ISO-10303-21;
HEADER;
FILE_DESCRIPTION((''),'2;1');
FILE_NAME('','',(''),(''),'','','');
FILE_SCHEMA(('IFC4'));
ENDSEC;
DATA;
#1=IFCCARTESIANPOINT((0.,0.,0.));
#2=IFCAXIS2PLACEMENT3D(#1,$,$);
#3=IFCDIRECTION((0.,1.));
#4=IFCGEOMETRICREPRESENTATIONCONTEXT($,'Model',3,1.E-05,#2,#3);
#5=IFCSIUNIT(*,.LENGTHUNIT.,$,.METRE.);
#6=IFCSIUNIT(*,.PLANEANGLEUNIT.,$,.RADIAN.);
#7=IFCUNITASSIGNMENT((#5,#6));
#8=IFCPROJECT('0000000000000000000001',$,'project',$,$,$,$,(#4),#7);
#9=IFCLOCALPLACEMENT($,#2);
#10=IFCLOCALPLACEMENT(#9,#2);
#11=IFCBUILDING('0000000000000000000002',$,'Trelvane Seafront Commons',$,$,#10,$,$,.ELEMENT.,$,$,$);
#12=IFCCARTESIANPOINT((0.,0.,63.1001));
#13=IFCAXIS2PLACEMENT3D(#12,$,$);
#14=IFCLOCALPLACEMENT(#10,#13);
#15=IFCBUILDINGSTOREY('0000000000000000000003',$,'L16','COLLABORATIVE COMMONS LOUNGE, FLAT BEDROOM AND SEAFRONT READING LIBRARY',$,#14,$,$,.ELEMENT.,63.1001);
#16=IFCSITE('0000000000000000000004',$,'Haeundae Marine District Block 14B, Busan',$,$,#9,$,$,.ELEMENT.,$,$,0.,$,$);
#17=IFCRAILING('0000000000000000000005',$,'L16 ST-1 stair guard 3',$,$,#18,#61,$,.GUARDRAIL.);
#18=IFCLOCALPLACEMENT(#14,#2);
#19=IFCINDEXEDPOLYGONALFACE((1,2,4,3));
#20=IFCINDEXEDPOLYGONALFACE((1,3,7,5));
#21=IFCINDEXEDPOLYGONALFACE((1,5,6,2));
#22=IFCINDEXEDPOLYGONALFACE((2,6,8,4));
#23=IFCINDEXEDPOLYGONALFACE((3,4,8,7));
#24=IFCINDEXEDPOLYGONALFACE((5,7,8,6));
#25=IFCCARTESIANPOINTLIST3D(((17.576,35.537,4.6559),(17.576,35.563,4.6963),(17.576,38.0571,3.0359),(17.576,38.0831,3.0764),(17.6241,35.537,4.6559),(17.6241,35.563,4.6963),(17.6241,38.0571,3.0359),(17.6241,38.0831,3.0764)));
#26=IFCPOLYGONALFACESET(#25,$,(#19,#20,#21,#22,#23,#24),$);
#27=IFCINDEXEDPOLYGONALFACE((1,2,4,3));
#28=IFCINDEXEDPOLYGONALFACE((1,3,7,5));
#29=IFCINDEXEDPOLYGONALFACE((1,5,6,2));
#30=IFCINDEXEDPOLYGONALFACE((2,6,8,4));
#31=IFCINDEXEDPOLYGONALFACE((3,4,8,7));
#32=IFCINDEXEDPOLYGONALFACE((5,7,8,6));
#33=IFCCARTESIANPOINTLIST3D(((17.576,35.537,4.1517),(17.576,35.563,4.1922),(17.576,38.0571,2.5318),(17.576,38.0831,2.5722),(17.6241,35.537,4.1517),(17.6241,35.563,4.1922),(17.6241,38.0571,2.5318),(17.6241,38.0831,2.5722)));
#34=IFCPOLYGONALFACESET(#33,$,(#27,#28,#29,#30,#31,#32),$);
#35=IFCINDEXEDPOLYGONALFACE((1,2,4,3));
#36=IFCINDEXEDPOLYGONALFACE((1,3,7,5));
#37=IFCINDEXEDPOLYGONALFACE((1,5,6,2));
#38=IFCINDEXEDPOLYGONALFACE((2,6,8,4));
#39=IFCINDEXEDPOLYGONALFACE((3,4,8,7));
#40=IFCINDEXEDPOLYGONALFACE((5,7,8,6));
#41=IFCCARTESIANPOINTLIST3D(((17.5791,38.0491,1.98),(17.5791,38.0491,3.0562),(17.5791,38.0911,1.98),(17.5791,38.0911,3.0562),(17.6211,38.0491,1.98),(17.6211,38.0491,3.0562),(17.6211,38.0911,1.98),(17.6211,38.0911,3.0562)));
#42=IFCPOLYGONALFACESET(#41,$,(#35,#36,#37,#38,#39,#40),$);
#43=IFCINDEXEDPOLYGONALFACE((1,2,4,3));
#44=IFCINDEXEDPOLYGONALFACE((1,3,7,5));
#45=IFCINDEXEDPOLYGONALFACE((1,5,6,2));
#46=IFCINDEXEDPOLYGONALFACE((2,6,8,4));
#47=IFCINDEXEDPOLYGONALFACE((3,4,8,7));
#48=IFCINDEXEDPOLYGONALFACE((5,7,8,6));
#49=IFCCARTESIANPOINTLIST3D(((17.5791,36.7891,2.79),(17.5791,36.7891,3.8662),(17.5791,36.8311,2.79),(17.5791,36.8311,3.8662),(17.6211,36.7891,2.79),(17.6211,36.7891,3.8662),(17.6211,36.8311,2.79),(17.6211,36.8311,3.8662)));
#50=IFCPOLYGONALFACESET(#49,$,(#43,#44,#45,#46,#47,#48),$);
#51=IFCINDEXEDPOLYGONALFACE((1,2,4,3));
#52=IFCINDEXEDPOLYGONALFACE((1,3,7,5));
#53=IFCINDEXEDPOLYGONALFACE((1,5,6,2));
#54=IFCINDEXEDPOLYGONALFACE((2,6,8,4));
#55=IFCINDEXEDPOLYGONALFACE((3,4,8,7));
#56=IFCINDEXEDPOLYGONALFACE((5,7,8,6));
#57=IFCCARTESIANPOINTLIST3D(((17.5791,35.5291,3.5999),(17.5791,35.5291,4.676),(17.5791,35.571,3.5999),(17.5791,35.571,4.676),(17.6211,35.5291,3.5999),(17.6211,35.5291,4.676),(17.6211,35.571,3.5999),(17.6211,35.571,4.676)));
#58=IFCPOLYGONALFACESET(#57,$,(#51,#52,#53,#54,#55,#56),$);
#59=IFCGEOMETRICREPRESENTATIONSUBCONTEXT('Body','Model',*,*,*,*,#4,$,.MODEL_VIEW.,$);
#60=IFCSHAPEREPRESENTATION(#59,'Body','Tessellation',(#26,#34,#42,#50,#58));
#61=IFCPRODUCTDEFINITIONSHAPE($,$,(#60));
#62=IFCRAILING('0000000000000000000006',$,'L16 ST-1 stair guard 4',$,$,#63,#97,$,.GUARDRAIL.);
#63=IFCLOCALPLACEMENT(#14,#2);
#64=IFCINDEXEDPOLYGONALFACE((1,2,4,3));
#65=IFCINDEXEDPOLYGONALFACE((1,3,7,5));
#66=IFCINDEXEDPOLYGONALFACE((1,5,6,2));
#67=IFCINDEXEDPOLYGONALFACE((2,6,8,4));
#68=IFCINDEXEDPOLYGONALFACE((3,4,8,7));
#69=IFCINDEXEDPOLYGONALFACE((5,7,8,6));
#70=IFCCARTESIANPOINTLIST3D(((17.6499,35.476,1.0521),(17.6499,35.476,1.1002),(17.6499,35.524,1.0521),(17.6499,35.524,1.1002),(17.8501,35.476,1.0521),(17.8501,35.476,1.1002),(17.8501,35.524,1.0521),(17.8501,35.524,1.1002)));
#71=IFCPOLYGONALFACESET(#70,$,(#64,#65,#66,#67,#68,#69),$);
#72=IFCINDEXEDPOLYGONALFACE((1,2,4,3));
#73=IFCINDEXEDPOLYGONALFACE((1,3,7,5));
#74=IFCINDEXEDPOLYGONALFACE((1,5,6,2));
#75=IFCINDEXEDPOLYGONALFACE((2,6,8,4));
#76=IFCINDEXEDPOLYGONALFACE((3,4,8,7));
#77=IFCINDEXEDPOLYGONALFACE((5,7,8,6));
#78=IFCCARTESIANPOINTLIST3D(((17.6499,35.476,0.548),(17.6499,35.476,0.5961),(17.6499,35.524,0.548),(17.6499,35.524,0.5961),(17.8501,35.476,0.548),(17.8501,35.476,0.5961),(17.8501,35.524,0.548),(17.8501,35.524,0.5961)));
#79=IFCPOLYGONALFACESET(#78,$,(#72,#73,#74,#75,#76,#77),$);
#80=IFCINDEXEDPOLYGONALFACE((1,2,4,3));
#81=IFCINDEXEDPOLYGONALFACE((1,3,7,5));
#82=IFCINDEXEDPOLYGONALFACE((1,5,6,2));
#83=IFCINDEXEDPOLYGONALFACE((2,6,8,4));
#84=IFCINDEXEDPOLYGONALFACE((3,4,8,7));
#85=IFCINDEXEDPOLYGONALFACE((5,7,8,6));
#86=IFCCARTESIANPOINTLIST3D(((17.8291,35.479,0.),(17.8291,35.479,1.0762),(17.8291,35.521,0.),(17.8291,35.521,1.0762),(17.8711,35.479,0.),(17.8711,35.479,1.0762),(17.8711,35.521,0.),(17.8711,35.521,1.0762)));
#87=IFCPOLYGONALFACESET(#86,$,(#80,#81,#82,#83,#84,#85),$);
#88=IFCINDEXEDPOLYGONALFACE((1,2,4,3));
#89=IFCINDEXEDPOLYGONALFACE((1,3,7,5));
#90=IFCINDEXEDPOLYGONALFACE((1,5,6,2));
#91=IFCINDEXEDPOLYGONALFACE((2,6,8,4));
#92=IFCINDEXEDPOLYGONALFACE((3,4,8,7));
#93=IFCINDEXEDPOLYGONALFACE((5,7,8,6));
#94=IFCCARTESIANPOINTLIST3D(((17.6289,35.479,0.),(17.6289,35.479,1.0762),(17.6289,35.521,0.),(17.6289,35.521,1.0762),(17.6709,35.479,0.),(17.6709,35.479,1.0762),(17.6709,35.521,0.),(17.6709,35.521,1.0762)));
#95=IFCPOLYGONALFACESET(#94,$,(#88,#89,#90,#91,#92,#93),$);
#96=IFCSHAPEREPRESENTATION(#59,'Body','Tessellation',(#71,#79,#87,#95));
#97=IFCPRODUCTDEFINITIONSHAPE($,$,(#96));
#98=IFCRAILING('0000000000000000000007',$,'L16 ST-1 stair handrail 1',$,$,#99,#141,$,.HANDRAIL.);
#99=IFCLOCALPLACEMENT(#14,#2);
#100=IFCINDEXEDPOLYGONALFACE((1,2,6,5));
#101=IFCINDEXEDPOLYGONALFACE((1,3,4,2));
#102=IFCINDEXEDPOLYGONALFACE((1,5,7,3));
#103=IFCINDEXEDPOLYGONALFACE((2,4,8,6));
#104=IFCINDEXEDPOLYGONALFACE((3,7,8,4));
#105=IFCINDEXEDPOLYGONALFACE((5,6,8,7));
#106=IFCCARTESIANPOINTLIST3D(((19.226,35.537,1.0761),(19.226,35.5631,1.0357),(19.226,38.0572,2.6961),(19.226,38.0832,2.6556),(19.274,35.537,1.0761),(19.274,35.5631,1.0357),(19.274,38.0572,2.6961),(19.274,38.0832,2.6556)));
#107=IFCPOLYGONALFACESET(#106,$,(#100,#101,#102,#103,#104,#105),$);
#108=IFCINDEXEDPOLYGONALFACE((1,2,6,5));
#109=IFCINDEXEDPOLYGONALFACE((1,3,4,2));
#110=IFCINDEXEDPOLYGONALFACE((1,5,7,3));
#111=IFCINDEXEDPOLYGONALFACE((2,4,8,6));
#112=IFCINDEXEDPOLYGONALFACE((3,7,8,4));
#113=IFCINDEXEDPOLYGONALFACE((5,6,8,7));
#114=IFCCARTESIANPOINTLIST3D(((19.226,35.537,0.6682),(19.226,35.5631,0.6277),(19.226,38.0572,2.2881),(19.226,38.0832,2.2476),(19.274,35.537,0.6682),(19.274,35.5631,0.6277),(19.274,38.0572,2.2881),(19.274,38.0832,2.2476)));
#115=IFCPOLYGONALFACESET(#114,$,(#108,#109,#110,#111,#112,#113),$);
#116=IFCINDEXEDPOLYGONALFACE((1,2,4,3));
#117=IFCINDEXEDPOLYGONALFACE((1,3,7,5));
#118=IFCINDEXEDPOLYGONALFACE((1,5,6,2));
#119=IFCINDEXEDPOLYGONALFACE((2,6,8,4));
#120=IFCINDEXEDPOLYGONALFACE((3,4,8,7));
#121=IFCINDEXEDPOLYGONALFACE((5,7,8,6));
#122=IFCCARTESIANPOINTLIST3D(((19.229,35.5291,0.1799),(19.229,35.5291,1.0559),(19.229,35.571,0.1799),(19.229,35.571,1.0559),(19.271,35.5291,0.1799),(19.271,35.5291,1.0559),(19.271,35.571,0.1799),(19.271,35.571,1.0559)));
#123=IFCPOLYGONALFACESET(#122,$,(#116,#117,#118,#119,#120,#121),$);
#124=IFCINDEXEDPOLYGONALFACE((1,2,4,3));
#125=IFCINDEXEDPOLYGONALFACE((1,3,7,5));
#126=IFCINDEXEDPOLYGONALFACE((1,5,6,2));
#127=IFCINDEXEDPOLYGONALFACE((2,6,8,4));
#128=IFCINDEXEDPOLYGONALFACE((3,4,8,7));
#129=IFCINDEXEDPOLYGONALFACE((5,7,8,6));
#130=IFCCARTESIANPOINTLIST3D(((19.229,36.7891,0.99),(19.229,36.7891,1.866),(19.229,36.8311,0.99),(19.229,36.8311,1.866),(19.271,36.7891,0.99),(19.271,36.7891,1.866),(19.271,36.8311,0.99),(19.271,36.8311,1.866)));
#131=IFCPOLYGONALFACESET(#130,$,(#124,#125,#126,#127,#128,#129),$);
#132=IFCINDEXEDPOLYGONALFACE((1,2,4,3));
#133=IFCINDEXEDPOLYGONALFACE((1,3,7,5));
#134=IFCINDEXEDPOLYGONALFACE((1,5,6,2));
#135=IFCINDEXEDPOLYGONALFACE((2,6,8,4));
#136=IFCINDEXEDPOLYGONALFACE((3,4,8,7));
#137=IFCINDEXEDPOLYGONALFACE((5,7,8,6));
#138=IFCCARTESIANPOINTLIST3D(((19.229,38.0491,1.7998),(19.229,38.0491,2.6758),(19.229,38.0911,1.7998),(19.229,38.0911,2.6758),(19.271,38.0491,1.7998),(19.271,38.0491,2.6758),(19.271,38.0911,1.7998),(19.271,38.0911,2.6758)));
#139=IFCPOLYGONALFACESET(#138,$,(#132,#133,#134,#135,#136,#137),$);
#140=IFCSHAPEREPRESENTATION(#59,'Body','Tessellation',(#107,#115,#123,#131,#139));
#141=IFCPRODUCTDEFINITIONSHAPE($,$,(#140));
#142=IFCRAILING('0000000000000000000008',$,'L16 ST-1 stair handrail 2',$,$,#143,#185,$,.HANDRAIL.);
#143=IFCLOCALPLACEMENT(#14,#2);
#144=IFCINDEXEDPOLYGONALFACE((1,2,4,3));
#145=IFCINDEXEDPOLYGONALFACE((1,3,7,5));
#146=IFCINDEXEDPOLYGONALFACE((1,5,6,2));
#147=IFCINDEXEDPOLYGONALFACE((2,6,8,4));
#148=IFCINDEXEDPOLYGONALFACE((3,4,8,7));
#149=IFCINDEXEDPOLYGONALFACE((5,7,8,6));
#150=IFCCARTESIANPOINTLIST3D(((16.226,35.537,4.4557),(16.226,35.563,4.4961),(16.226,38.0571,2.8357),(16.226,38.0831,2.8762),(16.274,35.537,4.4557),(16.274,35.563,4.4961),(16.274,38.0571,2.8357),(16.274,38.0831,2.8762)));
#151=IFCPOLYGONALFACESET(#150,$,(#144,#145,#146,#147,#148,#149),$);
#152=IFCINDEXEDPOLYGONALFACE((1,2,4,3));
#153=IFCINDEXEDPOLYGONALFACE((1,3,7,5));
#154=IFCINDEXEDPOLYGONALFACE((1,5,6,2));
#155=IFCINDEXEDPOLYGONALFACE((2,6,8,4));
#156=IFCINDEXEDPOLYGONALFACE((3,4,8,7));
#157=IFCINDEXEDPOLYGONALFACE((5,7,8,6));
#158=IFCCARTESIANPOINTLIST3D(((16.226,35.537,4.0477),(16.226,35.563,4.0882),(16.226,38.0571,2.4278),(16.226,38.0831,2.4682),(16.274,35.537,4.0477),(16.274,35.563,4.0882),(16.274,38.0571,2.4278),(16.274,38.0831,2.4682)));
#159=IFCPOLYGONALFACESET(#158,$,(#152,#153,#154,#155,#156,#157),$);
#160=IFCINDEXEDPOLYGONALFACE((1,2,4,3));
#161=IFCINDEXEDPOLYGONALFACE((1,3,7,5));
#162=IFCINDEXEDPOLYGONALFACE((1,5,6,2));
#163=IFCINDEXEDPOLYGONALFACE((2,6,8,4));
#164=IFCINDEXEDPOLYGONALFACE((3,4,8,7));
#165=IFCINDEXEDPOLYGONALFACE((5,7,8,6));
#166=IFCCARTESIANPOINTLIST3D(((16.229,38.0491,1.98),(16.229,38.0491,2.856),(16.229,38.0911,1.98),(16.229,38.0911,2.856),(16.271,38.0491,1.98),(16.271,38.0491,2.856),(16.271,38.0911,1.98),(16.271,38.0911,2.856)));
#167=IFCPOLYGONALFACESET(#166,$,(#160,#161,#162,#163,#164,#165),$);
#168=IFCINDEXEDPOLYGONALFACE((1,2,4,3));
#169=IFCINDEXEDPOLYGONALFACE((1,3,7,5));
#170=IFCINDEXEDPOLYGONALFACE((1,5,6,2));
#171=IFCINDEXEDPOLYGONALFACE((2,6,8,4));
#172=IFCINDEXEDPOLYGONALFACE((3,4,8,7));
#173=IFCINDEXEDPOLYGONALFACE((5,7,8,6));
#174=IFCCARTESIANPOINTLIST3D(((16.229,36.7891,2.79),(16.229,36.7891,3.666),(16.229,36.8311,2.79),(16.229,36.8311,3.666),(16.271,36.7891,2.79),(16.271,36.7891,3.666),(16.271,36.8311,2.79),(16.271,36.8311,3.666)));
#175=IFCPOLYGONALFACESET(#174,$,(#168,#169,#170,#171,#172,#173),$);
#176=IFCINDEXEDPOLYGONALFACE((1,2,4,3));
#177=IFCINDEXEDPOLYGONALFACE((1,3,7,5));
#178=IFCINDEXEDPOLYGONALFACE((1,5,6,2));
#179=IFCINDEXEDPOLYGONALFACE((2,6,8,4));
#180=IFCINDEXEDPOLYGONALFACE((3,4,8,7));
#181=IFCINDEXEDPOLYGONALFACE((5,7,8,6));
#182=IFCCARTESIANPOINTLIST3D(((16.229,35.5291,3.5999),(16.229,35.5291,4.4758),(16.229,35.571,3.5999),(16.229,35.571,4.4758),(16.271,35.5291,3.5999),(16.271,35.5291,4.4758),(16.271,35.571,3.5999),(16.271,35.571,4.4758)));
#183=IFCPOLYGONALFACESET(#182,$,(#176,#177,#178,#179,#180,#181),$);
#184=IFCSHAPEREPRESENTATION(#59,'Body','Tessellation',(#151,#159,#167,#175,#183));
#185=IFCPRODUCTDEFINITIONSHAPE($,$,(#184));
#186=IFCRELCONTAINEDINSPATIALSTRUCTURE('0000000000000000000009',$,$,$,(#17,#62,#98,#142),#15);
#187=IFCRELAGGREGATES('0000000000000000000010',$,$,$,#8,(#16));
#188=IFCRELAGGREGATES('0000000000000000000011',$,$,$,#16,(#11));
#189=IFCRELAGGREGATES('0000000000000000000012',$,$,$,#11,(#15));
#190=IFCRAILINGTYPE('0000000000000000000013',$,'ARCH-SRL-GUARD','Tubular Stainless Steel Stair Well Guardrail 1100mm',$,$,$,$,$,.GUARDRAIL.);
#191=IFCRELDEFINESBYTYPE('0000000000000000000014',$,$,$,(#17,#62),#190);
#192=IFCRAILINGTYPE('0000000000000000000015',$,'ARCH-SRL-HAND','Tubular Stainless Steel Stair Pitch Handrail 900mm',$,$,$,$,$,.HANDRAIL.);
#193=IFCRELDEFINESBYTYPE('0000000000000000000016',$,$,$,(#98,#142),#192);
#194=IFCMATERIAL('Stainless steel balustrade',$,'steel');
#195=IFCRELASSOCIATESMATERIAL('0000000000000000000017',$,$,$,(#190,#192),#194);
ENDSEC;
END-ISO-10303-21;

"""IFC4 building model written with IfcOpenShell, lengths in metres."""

from ifc_helpers import new_model, si_unit, direction, frame, origin, origin_2d, place, context, subcontext, project, spatial, rectangle, extrude, material, type_object, element, save


model = new_model("IFC4")

# Units and contexts
model_context = context("Model", 3, precision=1e-05, world=origin(), true_north=direction((0.0, 1.0)))
body_context = subcontext(model_context, "Body", "Model", "MODEL_VIEW")
ifc_project = project(units=[si_unit("LENGTHUNIT", "METRE"), si_unit("PLANEANGLEUNIT", "RADIAN")], contexts=[model_context])

# Site, building, storey
site_placement = place(None, origin())
site = spatial("IfcSite", under=ifc_project, at=site_placement, Name="Haeundae Marine District Block 14B, Busan", CompositionType="ELEMENT", RefElevation=0.0)
building_placement = place(site_placement, origin())
building = spatial("IfcBuilding", under=site, at=building_placement, Name="Trelvane Seafront Commons", CompositionType="ELEMENT")
storey_placement = place(building_placement, frame((0.0, 0.0, 63.1001)))
storey = spatial("IfcBuildingStorey", under=building, at=storey_placement, Name="L16", Description="COLLABORATIVE COMMONS LOUNGE, FLAT BEDROOM AND SEAFRONT READING LIBRARY", CompositionType="ELEMENT", Elevation=63.1001)

# Railings
ifc_material_1 = material(Name="Stainless steel balustrade", Category="steel")
railing_type_1 = type_object("IfcRailingType", Name="ARCH-SRL-GUARD", Description="Tubular Stainless Steel Stair Well Guardrail 1100mm", PredefinedType="GUARDRAIL", material=ifc_material_1)
railing_1_placement = place(storey_placement, frame((17.6001, 38.0701, 1.98)))
element("IfcRailing", 1, at=railing_1_placement, inside=storey, type_object=railing_type_1, Name="L16 ST-1 stair guard 3", PredefinedType="GUARDRAIL", context=body_context, shape_type="SweptSolid", body=[
    extrude(rectangle(XDim=0.0481, YDim=0.0481, at=origin_2d()), frame((0.0, 0.0, 1.0762), z_axis=(0.0, -0.8412, 0.540725), x_axis=(1.0, 0.0, 0.0)), (0.0, 0.0, 1.0), 2.9958),
    extrude(rectangle(XDim=0.0481, YDim=0.0481, at=origin_2d()), frame((0.0, 0.0, 0.572), z_axis=(0.0, -0.8412, 0.540725), x_axis=(1.0, 0.0, 0.0)), (0.0, 0.0, 1.0), 2.9958),
    extrude(rectangle(XDim=0.042, YDim=0.042, at=origin_2d()), origin(), (0.0, 0.0, 1.0), 1.0762),
    extrude(rectangle(XDim=0.042, YDim=0.042, at=origin_2d()), frame((0.0, -1.26, 0.8101)), (0.0, 0.0, 1.0), 1.0762),
    extrude(rectangle(XDim=0.042, YDim=0.042, at=origin_2d()), frame((0.0, -2.52, 1.6199)), (0.0, 0.0, 1.0), 1.0762),
])
railing_2_placement = place(storey_placement, frame((17.8501, 35.5, 0.0)))
element("IfcRailing", 2, at=railing_2_placement, inside=storey, type_object=railing_type_1, Name="L16 ST-1 stair guard 4", PredefinedType="GUARDRAIL", context=body_context, shape_type="SweptSolid", body=[
    extrude(rectangle(XDim=0.0481, YDim=0.0481, at=origin_2d()), frame((0.0, 0.0, 1.0762), z_axis=(-1.0, 0.0, 0.0), x_axis=(0.0, -1.0, 0.0)), (0.0, 0.0, 1.0), 0.2002),
    extrude(rectangle(XDim=0.0481, YDim=0.0481, at=origin_2d()), frame((0.0, 0.0, 0.572), z_axis=(-1.0, 0.0, 0.0), x_axis=(0.0, -1.0, 0.0)), (0.0, 0.0, 1.0), 0.2002),
    extrude(rectangle(XDim=0.042, YDim=0.042, at=origin_2d()), origin(), (0.0, 0.0, 1.0), 1.0762),
    extrude(rectangle(XDim=0.042, YDim=0.042, at=origin_2d()), frame((-0.2002, 0.0, 0.0)), (0.0, 0.0, 1.0), 1.0762),
])
railing_type_2 = type_object("IfcRailingType", Name="ARCH-SRL-HAND", Description="Tubular Stainless Steel Stair Pitch Handrail 900mm", PredefinedType="HANDRAIL", material=ifc_material_1)
railing_3_placement = place(storey_placement, frame((19.25, 35.55, 0.1799)))
element("IfcRailing", 3, at=railing_3_placement, inside=storey, type_object=railing_type_2, Name="L16 ST-1 stair handrail 1", PredefinedType="HANDRAIL", context=body_context, shape_type="SweptSolid", body=[
    extrude(rectangle(XDim=0.0481, YDim=0.0481, at=origin_2d()), frame((0.0, 0.0, 0.876), z_axis=(0.0, 0.8412, 0.540725), x_axis=(-1.0, 0.0, 0.0)), (0.0, 0.0, 1.0), 2.9958),
    extrude(rectangle(XDim=0.0481, YDim=0.0481, at=origin_2d()), frame((0.0, 0.0, 0.468), z_axis=(0.0, 0.8412, 0.540725), x_axis=(-1.0, 0.0, 0.0)), (0.0, 0.0, 1.0), 2.9958),
    extrude(rectangle(XDim=0.042, YDim=0.042, at=origin_2d()), origin(), (0.0, 0.0, 1.0), 0.876),
    extrude(rectangle(XDim=0.042, YDim=0.042, at=origin_2d()), frame((0.0, 1.26, 0.8101)), (0.0, 0.0, 1.0), 0.876),
    extrude(rectangle(XDim=0.042, YDim=0.042, at=origin_2d()), frame((0.0, 2.52, 1.6199)), (0.0, 0.0, 1.0), 0.876),
])
railing_4_placement = place(storey_placement, frame((16.25, 38.0701, 1.98)))
element("IfcRailing", 4, at=railing_4_placement, inside=storey, type_object=railing_type_2, Name="L16 ST-1 stair handrail 2", PredefinedType="HANDRAIL", context=body_context, shape_type="SweptSolid", body=[
    extrude(rectangle(XDim=0.0481, YDim=0.0481, at=origin_2d()), frame((0.0, 0.0, 0.876), z_axis=(0.0, -0.8412, 0.540725), x_axis=(1.0, 0.0, 0.0)), (0.0, 0.0, 1.0), 2.9958),
    extrude(rectangle(XDim=0.0481, YDim=0.0481, at=origin_2d()), frame((0.0, 0.0, 0.468), z_axis=(0.0, -0.8412, 0.540725), x_axis=(1.0, 0.0, 0.0)), (0.0, 0.0, 1.0), 2.9958),
    extrude(rectangle(XDim=0.042, YDim=0.042, at=origin_2d()), origin(), (0.0, 0.0, 1.0), 0.876),
    extrude(rectangle(XDim=0.042, YDim=0.042, at=origin_2d()), frame((0.0, -1.26, 0.8101)), (0.0, 0.0, 1.0), 0.876),
    extrude(rectangle(XDim=0.042, YDim=0.042, at=origin_2d()), frame((0.0, -2.52, 1.6199)), (0.0, 0.0, 1.0), 0.876),
])

save(model, "model.ifc")
